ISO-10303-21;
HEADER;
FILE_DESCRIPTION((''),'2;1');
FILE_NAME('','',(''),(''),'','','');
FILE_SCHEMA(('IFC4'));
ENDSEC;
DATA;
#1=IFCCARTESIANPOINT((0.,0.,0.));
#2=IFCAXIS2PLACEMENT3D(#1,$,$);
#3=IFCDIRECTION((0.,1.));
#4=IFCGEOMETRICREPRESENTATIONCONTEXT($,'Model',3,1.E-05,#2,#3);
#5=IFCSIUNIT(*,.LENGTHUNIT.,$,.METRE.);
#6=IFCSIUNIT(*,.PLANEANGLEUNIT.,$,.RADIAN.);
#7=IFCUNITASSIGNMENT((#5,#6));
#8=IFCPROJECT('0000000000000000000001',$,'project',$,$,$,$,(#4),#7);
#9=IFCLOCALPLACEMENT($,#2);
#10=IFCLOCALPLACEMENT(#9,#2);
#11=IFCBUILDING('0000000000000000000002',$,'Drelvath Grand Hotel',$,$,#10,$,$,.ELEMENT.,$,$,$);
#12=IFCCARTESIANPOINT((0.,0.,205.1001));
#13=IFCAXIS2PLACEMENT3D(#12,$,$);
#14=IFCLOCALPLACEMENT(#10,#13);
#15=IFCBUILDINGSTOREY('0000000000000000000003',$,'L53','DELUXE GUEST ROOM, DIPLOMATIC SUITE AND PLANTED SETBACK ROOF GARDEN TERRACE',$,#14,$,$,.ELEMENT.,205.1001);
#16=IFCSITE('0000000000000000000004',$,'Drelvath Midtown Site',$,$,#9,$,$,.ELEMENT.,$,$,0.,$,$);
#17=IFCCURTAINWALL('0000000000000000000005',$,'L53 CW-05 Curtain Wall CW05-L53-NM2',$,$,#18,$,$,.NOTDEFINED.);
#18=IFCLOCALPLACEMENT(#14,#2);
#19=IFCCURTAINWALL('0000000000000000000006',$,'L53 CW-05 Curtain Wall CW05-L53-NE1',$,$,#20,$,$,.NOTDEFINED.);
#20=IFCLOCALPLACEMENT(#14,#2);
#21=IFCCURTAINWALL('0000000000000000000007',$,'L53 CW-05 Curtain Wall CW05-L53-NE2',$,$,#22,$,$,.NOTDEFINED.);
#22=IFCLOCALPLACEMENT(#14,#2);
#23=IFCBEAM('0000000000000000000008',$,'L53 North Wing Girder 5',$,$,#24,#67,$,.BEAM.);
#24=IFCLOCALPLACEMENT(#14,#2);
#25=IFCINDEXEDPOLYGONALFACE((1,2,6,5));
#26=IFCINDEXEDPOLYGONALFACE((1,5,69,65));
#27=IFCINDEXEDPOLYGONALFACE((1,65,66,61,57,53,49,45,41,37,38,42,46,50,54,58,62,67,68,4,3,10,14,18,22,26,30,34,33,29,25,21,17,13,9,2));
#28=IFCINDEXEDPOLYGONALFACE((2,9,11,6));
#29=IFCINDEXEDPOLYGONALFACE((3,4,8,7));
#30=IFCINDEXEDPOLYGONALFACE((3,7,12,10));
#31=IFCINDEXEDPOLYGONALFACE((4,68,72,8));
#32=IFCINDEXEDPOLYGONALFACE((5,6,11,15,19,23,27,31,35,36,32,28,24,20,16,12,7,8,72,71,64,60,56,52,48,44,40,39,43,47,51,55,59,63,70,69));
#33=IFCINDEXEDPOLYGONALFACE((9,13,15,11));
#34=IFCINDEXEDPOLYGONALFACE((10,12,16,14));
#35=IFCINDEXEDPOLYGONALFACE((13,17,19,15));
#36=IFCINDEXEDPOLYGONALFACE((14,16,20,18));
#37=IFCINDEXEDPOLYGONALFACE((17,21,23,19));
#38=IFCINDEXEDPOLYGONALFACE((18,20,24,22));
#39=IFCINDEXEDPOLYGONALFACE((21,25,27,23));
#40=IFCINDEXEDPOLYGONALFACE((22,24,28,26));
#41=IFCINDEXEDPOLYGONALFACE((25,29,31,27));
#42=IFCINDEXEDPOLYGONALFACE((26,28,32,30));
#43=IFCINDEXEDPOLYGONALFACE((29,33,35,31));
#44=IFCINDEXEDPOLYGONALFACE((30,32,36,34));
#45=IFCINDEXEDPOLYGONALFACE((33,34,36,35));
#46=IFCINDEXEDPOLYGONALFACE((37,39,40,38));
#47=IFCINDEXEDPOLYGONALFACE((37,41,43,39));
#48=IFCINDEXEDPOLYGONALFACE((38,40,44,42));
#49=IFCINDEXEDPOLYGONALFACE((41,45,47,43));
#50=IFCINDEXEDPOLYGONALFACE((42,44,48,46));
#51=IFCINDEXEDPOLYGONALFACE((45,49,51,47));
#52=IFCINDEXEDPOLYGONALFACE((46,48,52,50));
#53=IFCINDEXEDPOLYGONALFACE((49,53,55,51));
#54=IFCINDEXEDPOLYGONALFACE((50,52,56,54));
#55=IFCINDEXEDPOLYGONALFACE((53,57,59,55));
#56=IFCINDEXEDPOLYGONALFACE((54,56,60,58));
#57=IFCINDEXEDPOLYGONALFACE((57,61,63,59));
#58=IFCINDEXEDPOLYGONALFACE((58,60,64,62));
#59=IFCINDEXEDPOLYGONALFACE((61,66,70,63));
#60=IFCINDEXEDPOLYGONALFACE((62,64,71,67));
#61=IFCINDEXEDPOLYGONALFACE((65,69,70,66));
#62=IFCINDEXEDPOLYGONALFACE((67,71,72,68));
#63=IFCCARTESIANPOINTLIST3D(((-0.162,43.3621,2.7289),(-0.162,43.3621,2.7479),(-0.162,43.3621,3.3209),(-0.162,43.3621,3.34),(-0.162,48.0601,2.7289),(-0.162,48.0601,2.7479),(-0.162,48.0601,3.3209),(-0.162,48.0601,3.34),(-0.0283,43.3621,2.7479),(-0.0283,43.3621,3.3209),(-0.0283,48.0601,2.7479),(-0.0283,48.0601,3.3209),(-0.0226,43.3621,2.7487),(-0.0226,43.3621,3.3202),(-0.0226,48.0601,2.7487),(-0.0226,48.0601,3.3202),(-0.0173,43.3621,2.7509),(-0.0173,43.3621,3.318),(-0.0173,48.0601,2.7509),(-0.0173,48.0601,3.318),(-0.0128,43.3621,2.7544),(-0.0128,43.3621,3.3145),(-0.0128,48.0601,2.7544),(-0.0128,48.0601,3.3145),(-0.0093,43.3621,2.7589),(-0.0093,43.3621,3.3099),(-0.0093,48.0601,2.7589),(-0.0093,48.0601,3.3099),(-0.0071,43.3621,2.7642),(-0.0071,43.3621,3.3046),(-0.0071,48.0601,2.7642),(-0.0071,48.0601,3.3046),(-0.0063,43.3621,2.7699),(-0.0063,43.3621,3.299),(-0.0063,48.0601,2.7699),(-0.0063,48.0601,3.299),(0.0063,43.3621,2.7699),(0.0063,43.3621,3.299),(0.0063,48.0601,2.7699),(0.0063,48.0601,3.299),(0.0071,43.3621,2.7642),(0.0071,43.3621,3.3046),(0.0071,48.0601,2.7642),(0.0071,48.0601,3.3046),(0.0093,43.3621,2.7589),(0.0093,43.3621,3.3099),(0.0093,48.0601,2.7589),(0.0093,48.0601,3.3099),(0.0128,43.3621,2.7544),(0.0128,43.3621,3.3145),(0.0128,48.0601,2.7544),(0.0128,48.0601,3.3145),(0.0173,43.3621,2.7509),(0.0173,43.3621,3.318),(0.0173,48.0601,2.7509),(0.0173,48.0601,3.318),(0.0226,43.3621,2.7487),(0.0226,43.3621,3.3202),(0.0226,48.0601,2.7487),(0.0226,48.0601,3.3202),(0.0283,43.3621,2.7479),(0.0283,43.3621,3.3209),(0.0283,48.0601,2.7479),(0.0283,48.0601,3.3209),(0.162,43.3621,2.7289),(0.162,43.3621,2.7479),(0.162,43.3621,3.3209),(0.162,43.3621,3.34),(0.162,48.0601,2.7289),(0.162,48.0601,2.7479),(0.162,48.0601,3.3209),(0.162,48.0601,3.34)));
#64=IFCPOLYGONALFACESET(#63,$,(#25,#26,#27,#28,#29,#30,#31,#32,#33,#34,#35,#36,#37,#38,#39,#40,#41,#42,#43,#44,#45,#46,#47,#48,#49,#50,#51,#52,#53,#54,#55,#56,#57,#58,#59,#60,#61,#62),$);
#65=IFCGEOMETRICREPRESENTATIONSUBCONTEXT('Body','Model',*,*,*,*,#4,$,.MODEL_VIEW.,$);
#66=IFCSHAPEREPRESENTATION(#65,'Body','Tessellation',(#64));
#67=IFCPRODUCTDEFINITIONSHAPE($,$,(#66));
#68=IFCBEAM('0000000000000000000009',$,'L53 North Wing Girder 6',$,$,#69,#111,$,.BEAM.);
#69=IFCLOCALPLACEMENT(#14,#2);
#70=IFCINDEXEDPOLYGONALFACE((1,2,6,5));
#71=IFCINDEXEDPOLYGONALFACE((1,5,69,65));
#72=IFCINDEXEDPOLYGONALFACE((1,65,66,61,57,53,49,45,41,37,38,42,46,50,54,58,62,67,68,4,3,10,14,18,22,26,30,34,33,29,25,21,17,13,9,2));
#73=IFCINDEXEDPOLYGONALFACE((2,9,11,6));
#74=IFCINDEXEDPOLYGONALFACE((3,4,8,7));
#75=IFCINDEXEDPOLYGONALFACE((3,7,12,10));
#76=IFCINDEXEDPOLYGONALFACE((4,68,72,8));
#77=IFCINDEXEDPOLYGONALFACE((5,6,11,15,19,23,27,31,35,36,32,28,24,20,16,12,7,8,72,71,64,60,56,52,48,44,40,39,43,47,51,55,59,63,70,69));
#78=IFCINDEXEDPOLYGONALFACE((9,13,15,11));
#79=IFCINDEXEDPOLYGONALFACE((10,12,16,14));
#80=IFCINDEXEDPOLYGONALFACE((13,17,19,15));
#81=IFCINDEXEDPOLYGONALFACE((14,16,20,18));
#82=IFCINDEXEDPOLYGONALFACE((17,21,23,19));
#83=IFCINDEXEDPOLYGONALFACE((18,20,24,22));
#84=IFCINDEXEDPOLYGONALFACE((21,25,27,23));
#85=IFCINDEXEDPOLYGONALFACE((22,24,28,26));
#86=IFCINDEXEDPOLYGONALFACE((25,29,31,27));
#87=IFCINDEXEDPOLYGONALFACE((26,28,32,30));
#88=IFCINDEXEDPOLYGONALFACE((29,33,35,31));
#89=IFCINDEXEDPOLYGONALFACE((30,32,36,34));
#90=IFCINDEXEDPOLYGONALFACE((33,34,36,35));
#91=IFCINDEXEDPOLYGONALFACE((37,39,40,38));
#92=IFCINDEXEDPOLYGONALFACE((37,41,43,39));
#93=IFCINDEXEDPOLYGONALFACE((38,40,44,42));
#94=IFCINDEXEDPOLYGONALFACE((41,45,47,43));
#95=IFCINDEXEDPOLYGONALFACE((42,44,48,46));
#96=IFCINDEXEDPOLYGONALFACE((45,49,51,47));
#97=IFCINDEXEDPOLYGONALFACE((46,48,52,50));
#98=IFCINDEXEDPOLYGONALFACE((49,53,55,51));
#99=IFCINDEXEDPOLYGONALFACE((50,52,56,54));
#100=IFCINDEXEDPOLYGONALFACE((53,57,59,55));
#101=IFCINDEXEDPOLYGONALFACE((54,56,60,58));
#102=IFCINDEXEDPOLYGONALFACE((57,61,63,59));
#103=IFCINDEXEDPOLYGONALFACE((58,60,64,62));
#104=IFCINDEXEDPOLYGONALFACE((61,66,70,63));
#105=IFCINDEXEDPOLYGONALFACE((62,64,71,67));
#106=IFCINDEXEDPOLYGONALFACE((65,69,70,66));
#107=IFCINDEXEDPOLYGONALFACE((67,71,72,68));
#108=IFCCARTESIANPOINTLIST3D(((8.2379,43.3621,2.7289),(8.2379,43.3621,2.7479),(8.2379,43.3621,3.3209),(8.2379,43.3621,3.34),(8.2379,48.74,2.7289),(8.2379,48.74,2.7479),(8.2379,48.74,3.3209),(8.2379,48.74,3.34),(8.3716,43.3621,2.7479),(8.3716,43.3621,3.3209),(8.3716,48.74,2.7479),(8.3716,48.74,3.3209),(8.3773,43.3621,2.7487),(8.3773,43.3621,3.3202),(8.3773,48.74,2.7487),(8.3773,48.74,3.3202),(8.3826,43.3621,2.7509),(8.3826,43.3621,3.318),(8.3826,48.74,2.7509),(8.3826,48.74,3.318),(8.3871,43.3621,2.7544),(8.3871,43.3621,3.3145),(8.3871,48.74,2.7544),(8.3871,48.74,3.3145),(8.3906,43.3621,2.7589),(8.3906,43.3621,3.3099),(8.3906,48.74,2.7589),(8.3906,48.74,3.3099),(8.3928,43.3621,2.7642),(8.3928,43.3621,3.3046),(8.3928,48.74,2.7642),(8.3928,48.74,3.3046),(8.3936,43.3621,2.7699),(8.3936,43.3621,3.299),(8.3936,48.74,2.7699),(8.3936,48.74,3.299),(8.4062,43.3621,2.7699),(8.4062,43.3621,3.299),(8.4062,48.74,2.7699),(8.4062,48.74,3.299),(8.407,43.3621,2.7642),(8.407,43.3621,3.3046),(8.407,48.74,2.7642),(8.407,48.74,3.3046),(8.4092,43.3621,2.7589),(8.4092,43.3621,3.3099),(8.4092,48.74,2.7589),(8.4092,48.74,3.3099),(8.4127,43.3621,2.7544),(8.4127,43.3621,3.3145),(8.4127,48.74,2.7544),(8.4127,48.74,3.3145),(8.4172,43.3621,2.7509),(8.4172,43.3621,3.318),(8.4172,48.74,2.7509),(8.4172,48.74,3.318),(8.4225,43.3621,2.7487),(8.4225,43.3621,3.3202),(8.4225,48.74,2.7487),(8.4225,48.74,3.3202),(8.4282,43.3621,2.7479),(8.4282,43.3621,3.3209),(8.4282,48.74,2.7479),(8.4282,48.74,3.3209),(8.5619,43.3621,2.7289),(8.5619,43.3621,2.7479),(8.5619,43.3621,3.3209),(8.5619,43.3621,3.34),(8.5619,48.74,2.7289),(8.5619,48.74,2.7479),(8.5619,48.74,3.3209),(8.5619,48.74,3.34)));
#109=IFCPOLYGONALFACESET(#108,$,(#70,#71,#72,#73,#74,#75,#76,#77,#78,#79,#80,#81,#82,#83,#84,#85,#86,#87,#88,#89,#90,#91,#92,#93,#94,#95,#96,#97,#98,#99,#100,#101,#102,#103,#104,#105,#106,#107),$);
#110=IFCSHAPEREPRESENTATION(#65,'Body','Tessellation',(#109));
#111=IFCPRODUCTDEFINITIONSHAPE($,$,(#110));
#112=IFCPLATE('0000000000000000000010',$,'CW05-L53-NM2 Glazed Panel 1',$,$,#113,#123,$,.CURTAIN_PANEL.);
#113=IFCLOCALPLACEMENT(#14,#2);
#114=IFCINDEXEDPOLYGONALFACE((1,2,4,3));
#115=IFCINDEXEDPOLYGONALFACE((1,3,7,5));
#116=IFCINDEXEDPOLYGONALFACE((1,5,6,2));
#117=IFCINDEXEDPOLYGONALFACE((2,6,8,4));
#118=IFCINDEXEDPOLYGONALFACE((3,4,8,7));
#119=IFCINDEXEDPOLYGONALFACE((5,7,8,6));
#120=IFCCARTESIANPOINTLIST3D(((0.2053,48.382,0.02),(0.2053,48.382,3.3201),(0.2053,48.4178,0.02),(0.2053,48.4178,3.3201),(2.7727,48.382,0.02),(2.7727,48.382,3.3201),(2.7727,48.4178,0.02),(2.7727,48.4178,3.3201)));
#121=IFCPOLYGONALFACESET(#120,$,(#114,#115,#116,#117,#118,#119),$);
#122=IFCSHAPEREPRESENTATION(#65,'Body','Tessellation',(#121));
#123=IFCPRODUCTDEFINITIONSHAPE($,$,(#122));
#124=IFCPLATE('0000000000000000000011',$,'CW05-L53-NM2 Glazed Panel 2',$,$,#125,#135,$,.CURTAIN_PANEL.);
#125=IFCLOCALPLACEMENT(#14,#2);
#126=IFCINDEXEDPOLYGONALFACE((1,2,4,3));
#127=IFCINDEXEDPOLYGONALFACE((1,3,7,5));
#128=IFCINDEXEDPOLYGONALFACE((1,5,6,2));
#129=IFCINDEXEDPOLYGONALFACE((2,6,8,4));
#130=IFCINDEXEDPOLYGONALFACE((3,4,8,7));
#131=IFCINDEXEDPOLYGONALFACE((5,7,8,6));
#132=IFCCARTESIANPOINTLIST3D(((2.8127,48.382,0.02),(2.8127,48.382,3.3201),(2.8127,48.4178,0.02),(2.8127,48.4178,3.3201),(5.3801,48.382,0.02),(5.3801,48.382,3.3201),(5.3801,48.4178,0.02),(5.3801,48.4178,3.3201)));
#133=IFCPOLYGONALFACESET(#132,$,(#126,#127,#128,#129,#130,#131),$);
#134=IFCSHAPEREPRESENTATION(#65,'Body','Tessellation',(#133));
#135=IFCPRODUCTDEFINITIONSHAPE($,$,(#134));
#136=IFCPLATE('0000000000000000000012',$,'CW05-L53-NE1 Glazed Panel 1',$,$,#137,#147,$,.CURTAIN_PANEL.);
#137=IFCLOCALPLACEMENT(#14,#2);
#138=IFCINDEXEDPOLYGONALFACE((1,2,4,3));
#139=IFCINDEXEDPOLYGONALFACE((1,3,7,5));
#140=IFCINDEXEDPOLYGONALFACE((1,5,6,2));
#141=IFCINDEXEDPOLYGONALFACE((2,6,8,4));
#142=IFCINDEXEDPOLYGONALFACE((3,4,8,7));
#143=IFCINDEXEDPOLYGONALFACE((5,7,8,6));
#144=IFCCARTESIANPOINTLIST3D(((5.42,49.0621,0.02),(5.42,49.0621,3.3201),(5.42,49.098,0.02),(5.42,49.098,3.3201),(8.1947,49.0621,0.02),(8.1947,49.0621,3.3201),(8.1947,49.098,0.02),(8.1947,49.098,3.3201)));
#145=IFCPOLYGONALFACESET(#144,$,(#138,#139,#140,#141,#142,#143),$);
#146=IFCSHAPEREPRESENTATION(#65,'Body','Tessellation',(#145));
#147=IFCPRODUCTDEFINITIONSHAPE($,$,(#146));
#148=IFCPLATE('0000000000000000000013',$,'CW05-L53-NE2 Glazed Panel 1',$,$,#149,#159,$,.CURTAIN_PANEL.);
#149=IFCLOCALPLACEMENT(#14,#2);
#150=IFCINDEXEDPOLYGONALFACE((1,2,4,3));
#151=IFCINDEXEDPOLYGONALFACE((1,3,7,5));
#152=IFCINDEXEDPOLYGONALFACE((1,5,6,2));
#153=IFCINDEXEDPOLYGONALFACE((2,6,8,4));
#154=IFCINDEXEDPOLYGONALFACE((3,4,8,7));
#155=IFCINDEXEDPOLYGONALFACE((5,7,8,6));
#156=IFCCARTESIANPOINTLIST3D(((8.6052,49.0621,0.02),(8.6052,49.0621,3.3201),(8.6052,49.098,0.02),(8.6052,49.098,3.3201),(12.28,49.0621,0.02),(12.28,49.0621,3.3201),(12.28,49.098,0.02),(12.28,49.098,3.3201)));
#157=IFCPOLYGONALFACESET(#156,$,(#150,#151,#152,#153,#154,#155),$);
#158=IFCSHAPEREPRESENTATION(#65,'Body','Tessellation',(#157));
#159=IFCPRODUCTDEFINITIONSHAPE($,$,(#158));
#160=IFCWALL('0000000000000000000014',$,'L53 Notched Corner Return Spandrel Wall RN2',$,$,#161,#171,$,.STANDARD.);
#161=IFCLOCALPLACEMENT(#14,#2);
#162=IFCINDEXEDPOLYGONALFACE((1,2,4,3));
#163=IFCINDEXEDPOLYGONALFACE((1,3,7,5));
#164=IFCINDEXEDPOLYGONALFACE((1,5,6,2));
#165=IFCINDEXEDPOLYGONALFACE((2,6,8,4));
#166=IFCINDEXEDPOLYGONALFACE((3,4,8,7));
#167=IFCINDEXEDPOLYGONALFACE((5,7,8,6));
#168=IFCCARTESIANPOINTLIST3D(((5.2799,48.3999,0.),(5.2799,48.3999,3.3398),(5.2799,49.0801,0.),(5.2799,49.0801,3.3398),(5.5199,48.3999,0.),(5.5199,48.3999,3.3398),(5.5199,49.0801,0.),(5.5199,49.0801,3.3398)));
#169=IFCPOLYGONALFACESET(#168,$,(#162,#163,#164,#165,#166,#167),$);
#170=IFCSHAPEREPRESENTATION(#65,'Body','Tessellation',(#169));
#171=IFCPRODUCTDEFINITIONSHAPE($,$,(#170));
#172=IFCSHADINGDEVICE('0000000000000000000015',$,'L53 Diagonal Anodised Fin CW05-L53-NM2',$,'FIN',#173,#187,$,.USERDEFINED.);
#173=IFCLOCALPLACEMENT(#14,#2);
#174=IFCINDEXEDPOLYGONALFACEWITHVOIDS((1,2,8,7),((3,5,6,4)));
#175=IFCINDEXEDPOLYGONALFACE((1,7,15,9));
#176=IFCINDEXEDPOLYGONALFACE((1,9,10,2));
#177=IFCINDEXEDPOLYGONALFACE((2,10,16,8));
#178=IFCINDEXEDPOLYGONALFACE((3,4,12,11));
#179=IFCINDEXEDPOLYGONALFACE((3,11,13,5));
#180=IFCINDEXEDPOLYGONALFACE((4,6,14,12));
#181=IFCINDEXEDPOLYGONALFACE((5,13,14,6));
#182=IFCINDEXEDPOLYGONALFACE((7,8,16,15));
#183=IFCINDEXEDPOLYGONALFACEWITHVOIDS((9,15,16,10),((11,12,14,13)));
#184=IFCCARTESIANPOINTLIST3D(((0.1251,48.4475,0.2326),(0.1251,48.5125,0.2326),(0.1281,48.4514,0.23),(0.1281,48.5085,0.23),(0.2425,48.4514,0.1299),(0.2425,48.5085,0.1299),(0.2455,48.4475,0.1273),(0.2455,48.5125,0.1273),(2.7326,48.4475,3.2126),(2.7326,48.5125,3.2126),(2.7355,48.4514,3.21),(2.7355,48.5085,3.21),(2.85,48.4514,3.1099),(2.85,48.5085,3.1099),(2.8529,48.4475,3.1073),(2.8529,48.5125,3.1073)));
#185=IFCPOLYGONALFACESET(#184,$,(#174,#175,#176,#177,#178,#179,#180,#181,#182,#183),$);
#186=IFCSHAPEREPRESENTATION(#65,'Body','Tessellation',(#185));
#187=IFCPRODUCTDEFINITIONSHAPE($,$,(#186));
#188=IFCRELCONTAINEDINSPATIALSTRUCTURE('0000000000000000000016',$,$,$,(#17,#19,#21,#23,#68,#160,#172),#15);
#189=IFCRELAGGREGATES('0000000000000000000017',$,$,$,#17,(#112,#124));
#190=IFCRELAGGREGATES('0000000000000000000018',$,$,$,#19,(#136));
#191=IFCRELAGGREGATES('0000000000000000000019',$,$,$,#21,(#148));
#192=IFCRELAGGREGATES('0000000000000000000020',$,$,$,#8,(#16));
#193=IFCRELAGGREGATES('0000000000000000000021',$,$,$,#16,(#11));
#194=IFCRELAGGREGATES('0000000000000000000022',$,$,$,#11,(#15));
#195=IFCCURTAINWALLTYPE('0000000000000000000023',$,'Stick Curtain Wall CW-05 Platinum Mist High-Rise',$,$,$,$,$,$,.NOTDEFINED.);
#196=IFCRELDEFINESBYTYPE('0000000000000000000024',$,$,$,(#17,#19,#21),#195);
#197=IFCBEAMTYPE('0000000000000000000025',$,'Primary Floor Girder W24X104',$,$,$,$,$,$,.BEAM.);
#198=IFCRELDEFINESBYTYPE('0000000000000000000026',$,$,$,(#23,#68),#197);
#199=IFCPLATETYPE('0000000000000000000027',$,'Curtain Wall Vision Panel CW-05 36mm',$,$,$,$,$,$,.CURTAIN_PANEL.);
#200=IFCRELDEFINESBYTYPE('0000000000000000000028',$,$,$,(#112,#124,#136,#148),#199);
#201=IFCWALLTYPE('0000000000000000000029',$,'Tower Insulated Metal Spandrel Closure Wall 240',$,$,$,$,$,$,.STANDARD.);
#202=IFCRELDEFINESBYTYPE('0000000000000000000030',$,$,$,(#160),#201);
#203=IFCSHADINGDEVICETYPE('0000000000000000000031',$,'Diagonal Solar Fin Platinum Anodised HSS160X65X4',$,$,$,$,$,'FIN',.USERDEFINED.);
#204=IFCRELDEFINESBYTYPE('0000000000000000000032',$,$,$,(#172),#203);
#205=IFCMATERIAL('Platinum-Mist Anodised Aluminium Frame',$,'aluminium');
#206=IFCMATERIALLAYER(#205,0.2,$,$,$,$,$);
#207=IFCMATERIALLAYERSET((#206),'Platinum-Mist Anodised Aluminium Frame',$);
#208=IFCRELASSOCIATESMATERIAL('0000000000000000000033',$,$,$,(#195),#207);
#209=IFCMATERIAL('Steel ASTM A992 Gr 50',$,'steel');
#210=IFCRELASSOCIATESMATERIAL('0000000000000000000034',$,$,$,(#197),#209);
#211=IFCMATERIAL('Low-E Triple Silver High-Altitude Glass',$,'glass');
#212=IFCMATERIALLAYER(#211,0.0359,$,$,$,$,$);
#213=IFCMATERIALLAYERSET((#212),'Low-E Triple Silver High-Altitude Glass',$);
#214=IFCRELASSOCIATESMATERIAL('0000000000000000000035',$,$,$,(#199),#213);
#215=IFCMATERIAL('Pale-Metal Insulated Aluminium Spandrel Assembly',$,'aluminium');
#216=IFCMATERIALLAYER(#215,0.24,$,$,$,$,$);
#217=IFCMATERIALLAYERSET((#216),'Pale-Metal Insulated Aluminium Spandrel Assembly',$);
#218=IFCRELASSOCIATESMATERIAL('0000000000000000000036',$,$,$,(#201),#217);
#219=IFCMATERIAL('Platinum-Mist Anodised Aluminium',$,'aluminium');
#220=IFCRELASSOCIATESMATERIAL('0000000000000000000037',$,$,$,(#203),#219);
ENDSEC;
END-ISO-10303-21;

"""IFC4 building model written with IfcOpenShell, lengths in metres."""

from ifc_helpers import new_model, si_unit, direction, frame, frame_2d, origin, origin_2d, place, context, subcontext, project, spatial, rectangle, hollow_rectangle, i_section, extrude, material, layer, layer_set, material_profile, profile_set, type_object, element, aggregate, save


model = new_model("IFC4")

# Units and contexts
model_context = context("Model", 3, precision=1e-05, world=origin(), true_north=direction((0.0, 1.0)))
body_context = subcontext(model_context, "Body", "Model", "MODEL_VIEW")
ifc_project = project(units=[si_unit("LENGTHUNIT", "METRE"), si_unit("PLANEANGLEUNIT", "RADIAN")], contexts=[model_context])

# Site, building, storey
site_placement = place(None, origin())
site = spatial("IfcSite", under=ifc_project, at=site_placement, Name="Drelvath Midtown Site", CompositionType="ELEMENT", RefElevation=0.0)
building_placement = place(site_placement, origin())
building = spatial("IfcBuilding", under=site, at=building_placement, Name="Drelvath Grand Hotel", CompositionType="ELEMENT")
storey_placement = place(building_placement, frame((0.0, 0.0, 205.1001)))
storey = spatial("IfcBuildingStorey", under=building, at=storey_placement, Name="L53", Description="DELUXE GUEST ROOM, DIPLOMATIC SUITE AND PLANTED SETBACK ROOF GARDEN TERRACE", CompositionType="ELEMENT", Elevation=205.1001)

# Curtain walls
ifc_material_1 = material(Name="Platinum-Mist Anodised Aluminium Frame", Category="aluminium")
ifc_layer_1 = layer(ifc_material_1, 0.2)
ifc_layer_set_1 = layer_set([ifc_layer_1], Name="Platinum-Mist Anodised Aluminium Frame")
curtain_wall_type = type_object("IfcCurtainWallType", Name="Stick Curtain Wall CW-05 Platinum Mist High-Rise", PredefinedType="NOTDEFINED", material=ifc_layer_set_1)
curtain_wall_1_placement = place(storey_placement, origin())
curtain_wall_1 = element("IfcCurtainWall", 1, at=curtain_wall_1_placement, inside=storey, type_object=curtain_wall_type, Name="L53 CW-05 Curtain Wall CW05-L53-NM2", PredefinedType="NOTDEFINED")
curtain_wall_2_placement = place(storey_placement, origin())
curtain_wall_2 = element("IfcCurtainWall", 2, at=curtain_wall_2_placement, inside=storey, type_object=curtain_wall_type, Name="L53 CW-05 Curtain Wall CW05-L53-NE1", PredefinedType="NOTDEFINED")
curtain_wall_3_placement = place(storey_placement, origin())
curtain_wall_3 = element("IfcCurtainWall", 3, at=curtain_wall_3_placement, inside=storey, type_object=curtain_wall_type, Name="L53 CW-05 Curtain Wall CW05-L53-NE2", PredefinedType="NOTDEFINED")

# Beams
ifc_material_2 = material(Name="Steel ASTM A992 Gr 50", Category="steel")
ifc_material_profile_1 = material_profile(ifc_material_2, i_section(OverallWidth=0.324, OverallDepth=0.6111, WebThickness=0.0127, FlangeThickness=0.019, FilletRadius=0.022, at=origin_2d()), Name="W24X104")
ifc_profile_set_1 = profile_set([ifc_material_profile_1], Name="Steel ASTM A992 Gr 50")
beam_type_1 = type_object("IfcBeamType", Name="Primary Floor Girder W24X104", PredefinedType="BEAM", material=ifc_profile_set_1)
beam_1_placement = place(storey_placement, frame((0.0, 43.3621, 3.0344), z_axis=(0.0, 1.0, 0.0), x_axis=(-1.0, 0.0, 0.0)))
element("IfcBeam", 4, at=beam_1_placement, inside=storey, type_object=beam_type_1, Name="L53 North Wing Girder 5", PredefinedType="BEAM", context=body_context, shape_type="SweptSolid", body=[
    extrude(i_section(OverallWidth=0.324, OverallDepth=0.6111, WebThickness=0.0127, FlangeThickness=0.019, FilletRadius=0.022, at=origin_2d()), origin(), (0.0, 0.0, 1.0), 4.698),
])
beam_2_placement = place(storey_placement, frame((8.3999, 43.3621, 3.0344), z_axis=(0.0, 1.0, 0.0), x_axis=(-1.0, 0.0, 0.0)))
element("IfcBeam", 5, at=beam_2_placement, inside=storey, type_object=beam_type_1, Name="L53 North Wing Girder 6", PredefinedType="BEAM", context=body_context, shape_type="SweptSolid", body=[
    extrude(i_section(OverallWidth=0.324, OverallDepth=0.6111, WebThickness=0.0127, FlangeThickness=0.019, FilletRadius=0.022, at=origin_2d()), origin(), (0.0, 0.0, 1.0), 5.3779),
])

# Plates
ifc_material_3 = material(Name="Low-E Triple Silver High-Altitude Glass", Category="glass")
ifc_layer_2 = layer(ifc_material_3, 0.0359)
ifc_layer_set_2 = layer_set([ifc_layer_2], Name="Low-E Triple Silver High-Altitude Glass")
plate_type = type_object("IfcPlateType", Name="Curtain Wall Vision Panel CW-05 36mm", PredefinedType="CURTAIN_PANEL", material=ifc_layer_set_2)
plate_1_placement = place(storey_placement, frame((1.489, 48.3999, 0.02), z_axis=(0.0, 0.0, 1.0), x_axis=(1.0, 0.0, 0.0)))
plate_1 = element("IfcPlate", 6, at=plate_1_placement, type_object=plate_type, Name="CW05-L53-NM2 Glazed Panel 1", PredefinedType="CURTAIN_PANEL", context=body_context, shape_type="SweptSolid", body=[
    extrude(rectangle(XDim=2.5674, YDim=0.0359, at=origin_2d()), origin(), (0.0, 0.0, 1.0), 3.3),
])
plate_2_placement = place(storey_placement, frame((4.0964, 48.3999, 0.02), z_axis=(0.0, 0.0, 1.0), x_axis=(1.0, 0.0, 0.0)))
plate_2 = element("IfcPlate", 7, at=plate_2_placement, type_object=plate_type, Name="CW05-L53-NM2 Glazed Panel 2", PredefinedType="CURTAIN_PANEL", context=body_context, shape_type="SweptSolid", body=[
    extrude(rectangle(XDim=2.5674, YDim=0.0359, at=origin_2d()), origin(), (0.0, 0.0, 1.0), 3.3),
])
aggregate(curtain_wall_1, [plate_1, plate_2])
plate_3_placement = place(storey_placement, frame((6.8074, 49.0801, 0.02), z_axis=(0.0, 0.0, 1.0), x_axis=(1.0, 0.0, 0.0)))
plate_3 = element("IfcPlate", 8, at=plate_3_placement, type_object=plate_type, Name="CW05-L53-NE1 Glazed Panel 1", PredefinedType="CURTAIN_PANEL", context=body_context, shape_type="SweptSolid", body=[
    extrude(rectangle(XDim=2.7747, YDim=0.0359, at=origin_2d()), origin(), (0.0, 0.0, 1.0), 3.3),
])
aggregate(curtain_wall_2, [plate_3])
plate_4_placement = place(storey_placement, frame((10.4426, 49.0801, 0.02), z_axis=(0.0, 0.0, 1.0), x_axis=(1.0, 0.0, 0.0)))
plate_4 = element("IfcPlate", 9, at=plate_4_placement, type_object=plate_type, Name="CW05-L53-NE2 Glazed Panel 1", PredefinedType="CURTAIN_PANEL", context=body_context, shape_type="SweptSolid", body=[
    extrude(rectangle(XDim=3.6748, YDim=0.0359, at=origin_2d()), origin(), (0.0, 0.0, 1.0), 3.3),
])
aggregate(curtain_wall_3, [plate_4])

# Wall
ifc_material_4 = material(Name="Pale-Metal Insulated Aluminium Spandrel Assembly", Category="aluminium")
ifc_layer_3 = layer(ifc_material_4, 0.24)
ifc_layer_set_3 = layer_set([ifc_layer_3], Name="Pale-Metal Insulated Aluminium Spandrel Assembly")
wall_type = type_object("IfcWallType", Name="Tower Insulated Metal Spandrel Closure Wall 240", PredefinedType="STANDARD", material=ifc_layer_set_3)
wall_placement = place(storey_placement, frame((5.3999, 48.3999, 0.0), z_axis=(0.0, 0.0, 1.0), x_axis=(0.0, 1.0, 0.0)))
element("IfcWall", 10, at=wall_placement, inside=storey, type_object=wall_type, Name="L53 Notched Corner Return Spandrel Wall RN2", PredefinedType="STANDARD", context=body_context, shape_type="SweptSolid", body=[
    extrude(rectangle(XDim=0.6802, YDim=0.24, at=frame_2d((0.3401, 0.0))), origin(), (0.0, 0.0, 1.0), 3.3398),
])

# Shading device
ifc_material_5 = material(Name="Platinum-Mist Anodised Aluminium", Category="aluminium")
ifc_material_profile_2 = material_profile(ifc_material_5, hollow_rectangle(XDim=0.0649, YDim=0.1599, WallThickness=0.0039, at=origin_2d()), Name="HSS160X65X4")
ifc_profile_set_2 = profile_set([ifc_material_profile_2], Name="Platinum-Mist Anodised Aluminium")
shading_device_type = type_object("IfcShadingDeviceType", Name="Diagonal Solar Fin Platinum Anodised HSS160X65X4", ElementType="FIN", PredefinedType="USERDEFINED", material=ifc_profile_set_2)
shading_device_placement = place(storey_placement, frame((0.1853, 48.48, 0.1799), z_axis=(0.658496, 0.0, 0.752584), x_axis=(0.0, 1.0, 0.0)))
element("IfcShadingDevice", 11, at=shading_device_placement, inside=storey, type_object=shading_device_type, Name="L53 Diagonal Anodised Fin CW05-L53-NM2", ObjectType="FIN", PredefinedType="USERDEFINED", context=body_context, shape_type="SweptSolid", body=[
    extrude(hollow_rectangle(XDim=0.0649, YDim=0.1599, WallThickness=0.0039, at=origin_2d()), origin(), (0.0, 0.0, 1.0), 3.9597),
])

save(model, "model.ifc")
